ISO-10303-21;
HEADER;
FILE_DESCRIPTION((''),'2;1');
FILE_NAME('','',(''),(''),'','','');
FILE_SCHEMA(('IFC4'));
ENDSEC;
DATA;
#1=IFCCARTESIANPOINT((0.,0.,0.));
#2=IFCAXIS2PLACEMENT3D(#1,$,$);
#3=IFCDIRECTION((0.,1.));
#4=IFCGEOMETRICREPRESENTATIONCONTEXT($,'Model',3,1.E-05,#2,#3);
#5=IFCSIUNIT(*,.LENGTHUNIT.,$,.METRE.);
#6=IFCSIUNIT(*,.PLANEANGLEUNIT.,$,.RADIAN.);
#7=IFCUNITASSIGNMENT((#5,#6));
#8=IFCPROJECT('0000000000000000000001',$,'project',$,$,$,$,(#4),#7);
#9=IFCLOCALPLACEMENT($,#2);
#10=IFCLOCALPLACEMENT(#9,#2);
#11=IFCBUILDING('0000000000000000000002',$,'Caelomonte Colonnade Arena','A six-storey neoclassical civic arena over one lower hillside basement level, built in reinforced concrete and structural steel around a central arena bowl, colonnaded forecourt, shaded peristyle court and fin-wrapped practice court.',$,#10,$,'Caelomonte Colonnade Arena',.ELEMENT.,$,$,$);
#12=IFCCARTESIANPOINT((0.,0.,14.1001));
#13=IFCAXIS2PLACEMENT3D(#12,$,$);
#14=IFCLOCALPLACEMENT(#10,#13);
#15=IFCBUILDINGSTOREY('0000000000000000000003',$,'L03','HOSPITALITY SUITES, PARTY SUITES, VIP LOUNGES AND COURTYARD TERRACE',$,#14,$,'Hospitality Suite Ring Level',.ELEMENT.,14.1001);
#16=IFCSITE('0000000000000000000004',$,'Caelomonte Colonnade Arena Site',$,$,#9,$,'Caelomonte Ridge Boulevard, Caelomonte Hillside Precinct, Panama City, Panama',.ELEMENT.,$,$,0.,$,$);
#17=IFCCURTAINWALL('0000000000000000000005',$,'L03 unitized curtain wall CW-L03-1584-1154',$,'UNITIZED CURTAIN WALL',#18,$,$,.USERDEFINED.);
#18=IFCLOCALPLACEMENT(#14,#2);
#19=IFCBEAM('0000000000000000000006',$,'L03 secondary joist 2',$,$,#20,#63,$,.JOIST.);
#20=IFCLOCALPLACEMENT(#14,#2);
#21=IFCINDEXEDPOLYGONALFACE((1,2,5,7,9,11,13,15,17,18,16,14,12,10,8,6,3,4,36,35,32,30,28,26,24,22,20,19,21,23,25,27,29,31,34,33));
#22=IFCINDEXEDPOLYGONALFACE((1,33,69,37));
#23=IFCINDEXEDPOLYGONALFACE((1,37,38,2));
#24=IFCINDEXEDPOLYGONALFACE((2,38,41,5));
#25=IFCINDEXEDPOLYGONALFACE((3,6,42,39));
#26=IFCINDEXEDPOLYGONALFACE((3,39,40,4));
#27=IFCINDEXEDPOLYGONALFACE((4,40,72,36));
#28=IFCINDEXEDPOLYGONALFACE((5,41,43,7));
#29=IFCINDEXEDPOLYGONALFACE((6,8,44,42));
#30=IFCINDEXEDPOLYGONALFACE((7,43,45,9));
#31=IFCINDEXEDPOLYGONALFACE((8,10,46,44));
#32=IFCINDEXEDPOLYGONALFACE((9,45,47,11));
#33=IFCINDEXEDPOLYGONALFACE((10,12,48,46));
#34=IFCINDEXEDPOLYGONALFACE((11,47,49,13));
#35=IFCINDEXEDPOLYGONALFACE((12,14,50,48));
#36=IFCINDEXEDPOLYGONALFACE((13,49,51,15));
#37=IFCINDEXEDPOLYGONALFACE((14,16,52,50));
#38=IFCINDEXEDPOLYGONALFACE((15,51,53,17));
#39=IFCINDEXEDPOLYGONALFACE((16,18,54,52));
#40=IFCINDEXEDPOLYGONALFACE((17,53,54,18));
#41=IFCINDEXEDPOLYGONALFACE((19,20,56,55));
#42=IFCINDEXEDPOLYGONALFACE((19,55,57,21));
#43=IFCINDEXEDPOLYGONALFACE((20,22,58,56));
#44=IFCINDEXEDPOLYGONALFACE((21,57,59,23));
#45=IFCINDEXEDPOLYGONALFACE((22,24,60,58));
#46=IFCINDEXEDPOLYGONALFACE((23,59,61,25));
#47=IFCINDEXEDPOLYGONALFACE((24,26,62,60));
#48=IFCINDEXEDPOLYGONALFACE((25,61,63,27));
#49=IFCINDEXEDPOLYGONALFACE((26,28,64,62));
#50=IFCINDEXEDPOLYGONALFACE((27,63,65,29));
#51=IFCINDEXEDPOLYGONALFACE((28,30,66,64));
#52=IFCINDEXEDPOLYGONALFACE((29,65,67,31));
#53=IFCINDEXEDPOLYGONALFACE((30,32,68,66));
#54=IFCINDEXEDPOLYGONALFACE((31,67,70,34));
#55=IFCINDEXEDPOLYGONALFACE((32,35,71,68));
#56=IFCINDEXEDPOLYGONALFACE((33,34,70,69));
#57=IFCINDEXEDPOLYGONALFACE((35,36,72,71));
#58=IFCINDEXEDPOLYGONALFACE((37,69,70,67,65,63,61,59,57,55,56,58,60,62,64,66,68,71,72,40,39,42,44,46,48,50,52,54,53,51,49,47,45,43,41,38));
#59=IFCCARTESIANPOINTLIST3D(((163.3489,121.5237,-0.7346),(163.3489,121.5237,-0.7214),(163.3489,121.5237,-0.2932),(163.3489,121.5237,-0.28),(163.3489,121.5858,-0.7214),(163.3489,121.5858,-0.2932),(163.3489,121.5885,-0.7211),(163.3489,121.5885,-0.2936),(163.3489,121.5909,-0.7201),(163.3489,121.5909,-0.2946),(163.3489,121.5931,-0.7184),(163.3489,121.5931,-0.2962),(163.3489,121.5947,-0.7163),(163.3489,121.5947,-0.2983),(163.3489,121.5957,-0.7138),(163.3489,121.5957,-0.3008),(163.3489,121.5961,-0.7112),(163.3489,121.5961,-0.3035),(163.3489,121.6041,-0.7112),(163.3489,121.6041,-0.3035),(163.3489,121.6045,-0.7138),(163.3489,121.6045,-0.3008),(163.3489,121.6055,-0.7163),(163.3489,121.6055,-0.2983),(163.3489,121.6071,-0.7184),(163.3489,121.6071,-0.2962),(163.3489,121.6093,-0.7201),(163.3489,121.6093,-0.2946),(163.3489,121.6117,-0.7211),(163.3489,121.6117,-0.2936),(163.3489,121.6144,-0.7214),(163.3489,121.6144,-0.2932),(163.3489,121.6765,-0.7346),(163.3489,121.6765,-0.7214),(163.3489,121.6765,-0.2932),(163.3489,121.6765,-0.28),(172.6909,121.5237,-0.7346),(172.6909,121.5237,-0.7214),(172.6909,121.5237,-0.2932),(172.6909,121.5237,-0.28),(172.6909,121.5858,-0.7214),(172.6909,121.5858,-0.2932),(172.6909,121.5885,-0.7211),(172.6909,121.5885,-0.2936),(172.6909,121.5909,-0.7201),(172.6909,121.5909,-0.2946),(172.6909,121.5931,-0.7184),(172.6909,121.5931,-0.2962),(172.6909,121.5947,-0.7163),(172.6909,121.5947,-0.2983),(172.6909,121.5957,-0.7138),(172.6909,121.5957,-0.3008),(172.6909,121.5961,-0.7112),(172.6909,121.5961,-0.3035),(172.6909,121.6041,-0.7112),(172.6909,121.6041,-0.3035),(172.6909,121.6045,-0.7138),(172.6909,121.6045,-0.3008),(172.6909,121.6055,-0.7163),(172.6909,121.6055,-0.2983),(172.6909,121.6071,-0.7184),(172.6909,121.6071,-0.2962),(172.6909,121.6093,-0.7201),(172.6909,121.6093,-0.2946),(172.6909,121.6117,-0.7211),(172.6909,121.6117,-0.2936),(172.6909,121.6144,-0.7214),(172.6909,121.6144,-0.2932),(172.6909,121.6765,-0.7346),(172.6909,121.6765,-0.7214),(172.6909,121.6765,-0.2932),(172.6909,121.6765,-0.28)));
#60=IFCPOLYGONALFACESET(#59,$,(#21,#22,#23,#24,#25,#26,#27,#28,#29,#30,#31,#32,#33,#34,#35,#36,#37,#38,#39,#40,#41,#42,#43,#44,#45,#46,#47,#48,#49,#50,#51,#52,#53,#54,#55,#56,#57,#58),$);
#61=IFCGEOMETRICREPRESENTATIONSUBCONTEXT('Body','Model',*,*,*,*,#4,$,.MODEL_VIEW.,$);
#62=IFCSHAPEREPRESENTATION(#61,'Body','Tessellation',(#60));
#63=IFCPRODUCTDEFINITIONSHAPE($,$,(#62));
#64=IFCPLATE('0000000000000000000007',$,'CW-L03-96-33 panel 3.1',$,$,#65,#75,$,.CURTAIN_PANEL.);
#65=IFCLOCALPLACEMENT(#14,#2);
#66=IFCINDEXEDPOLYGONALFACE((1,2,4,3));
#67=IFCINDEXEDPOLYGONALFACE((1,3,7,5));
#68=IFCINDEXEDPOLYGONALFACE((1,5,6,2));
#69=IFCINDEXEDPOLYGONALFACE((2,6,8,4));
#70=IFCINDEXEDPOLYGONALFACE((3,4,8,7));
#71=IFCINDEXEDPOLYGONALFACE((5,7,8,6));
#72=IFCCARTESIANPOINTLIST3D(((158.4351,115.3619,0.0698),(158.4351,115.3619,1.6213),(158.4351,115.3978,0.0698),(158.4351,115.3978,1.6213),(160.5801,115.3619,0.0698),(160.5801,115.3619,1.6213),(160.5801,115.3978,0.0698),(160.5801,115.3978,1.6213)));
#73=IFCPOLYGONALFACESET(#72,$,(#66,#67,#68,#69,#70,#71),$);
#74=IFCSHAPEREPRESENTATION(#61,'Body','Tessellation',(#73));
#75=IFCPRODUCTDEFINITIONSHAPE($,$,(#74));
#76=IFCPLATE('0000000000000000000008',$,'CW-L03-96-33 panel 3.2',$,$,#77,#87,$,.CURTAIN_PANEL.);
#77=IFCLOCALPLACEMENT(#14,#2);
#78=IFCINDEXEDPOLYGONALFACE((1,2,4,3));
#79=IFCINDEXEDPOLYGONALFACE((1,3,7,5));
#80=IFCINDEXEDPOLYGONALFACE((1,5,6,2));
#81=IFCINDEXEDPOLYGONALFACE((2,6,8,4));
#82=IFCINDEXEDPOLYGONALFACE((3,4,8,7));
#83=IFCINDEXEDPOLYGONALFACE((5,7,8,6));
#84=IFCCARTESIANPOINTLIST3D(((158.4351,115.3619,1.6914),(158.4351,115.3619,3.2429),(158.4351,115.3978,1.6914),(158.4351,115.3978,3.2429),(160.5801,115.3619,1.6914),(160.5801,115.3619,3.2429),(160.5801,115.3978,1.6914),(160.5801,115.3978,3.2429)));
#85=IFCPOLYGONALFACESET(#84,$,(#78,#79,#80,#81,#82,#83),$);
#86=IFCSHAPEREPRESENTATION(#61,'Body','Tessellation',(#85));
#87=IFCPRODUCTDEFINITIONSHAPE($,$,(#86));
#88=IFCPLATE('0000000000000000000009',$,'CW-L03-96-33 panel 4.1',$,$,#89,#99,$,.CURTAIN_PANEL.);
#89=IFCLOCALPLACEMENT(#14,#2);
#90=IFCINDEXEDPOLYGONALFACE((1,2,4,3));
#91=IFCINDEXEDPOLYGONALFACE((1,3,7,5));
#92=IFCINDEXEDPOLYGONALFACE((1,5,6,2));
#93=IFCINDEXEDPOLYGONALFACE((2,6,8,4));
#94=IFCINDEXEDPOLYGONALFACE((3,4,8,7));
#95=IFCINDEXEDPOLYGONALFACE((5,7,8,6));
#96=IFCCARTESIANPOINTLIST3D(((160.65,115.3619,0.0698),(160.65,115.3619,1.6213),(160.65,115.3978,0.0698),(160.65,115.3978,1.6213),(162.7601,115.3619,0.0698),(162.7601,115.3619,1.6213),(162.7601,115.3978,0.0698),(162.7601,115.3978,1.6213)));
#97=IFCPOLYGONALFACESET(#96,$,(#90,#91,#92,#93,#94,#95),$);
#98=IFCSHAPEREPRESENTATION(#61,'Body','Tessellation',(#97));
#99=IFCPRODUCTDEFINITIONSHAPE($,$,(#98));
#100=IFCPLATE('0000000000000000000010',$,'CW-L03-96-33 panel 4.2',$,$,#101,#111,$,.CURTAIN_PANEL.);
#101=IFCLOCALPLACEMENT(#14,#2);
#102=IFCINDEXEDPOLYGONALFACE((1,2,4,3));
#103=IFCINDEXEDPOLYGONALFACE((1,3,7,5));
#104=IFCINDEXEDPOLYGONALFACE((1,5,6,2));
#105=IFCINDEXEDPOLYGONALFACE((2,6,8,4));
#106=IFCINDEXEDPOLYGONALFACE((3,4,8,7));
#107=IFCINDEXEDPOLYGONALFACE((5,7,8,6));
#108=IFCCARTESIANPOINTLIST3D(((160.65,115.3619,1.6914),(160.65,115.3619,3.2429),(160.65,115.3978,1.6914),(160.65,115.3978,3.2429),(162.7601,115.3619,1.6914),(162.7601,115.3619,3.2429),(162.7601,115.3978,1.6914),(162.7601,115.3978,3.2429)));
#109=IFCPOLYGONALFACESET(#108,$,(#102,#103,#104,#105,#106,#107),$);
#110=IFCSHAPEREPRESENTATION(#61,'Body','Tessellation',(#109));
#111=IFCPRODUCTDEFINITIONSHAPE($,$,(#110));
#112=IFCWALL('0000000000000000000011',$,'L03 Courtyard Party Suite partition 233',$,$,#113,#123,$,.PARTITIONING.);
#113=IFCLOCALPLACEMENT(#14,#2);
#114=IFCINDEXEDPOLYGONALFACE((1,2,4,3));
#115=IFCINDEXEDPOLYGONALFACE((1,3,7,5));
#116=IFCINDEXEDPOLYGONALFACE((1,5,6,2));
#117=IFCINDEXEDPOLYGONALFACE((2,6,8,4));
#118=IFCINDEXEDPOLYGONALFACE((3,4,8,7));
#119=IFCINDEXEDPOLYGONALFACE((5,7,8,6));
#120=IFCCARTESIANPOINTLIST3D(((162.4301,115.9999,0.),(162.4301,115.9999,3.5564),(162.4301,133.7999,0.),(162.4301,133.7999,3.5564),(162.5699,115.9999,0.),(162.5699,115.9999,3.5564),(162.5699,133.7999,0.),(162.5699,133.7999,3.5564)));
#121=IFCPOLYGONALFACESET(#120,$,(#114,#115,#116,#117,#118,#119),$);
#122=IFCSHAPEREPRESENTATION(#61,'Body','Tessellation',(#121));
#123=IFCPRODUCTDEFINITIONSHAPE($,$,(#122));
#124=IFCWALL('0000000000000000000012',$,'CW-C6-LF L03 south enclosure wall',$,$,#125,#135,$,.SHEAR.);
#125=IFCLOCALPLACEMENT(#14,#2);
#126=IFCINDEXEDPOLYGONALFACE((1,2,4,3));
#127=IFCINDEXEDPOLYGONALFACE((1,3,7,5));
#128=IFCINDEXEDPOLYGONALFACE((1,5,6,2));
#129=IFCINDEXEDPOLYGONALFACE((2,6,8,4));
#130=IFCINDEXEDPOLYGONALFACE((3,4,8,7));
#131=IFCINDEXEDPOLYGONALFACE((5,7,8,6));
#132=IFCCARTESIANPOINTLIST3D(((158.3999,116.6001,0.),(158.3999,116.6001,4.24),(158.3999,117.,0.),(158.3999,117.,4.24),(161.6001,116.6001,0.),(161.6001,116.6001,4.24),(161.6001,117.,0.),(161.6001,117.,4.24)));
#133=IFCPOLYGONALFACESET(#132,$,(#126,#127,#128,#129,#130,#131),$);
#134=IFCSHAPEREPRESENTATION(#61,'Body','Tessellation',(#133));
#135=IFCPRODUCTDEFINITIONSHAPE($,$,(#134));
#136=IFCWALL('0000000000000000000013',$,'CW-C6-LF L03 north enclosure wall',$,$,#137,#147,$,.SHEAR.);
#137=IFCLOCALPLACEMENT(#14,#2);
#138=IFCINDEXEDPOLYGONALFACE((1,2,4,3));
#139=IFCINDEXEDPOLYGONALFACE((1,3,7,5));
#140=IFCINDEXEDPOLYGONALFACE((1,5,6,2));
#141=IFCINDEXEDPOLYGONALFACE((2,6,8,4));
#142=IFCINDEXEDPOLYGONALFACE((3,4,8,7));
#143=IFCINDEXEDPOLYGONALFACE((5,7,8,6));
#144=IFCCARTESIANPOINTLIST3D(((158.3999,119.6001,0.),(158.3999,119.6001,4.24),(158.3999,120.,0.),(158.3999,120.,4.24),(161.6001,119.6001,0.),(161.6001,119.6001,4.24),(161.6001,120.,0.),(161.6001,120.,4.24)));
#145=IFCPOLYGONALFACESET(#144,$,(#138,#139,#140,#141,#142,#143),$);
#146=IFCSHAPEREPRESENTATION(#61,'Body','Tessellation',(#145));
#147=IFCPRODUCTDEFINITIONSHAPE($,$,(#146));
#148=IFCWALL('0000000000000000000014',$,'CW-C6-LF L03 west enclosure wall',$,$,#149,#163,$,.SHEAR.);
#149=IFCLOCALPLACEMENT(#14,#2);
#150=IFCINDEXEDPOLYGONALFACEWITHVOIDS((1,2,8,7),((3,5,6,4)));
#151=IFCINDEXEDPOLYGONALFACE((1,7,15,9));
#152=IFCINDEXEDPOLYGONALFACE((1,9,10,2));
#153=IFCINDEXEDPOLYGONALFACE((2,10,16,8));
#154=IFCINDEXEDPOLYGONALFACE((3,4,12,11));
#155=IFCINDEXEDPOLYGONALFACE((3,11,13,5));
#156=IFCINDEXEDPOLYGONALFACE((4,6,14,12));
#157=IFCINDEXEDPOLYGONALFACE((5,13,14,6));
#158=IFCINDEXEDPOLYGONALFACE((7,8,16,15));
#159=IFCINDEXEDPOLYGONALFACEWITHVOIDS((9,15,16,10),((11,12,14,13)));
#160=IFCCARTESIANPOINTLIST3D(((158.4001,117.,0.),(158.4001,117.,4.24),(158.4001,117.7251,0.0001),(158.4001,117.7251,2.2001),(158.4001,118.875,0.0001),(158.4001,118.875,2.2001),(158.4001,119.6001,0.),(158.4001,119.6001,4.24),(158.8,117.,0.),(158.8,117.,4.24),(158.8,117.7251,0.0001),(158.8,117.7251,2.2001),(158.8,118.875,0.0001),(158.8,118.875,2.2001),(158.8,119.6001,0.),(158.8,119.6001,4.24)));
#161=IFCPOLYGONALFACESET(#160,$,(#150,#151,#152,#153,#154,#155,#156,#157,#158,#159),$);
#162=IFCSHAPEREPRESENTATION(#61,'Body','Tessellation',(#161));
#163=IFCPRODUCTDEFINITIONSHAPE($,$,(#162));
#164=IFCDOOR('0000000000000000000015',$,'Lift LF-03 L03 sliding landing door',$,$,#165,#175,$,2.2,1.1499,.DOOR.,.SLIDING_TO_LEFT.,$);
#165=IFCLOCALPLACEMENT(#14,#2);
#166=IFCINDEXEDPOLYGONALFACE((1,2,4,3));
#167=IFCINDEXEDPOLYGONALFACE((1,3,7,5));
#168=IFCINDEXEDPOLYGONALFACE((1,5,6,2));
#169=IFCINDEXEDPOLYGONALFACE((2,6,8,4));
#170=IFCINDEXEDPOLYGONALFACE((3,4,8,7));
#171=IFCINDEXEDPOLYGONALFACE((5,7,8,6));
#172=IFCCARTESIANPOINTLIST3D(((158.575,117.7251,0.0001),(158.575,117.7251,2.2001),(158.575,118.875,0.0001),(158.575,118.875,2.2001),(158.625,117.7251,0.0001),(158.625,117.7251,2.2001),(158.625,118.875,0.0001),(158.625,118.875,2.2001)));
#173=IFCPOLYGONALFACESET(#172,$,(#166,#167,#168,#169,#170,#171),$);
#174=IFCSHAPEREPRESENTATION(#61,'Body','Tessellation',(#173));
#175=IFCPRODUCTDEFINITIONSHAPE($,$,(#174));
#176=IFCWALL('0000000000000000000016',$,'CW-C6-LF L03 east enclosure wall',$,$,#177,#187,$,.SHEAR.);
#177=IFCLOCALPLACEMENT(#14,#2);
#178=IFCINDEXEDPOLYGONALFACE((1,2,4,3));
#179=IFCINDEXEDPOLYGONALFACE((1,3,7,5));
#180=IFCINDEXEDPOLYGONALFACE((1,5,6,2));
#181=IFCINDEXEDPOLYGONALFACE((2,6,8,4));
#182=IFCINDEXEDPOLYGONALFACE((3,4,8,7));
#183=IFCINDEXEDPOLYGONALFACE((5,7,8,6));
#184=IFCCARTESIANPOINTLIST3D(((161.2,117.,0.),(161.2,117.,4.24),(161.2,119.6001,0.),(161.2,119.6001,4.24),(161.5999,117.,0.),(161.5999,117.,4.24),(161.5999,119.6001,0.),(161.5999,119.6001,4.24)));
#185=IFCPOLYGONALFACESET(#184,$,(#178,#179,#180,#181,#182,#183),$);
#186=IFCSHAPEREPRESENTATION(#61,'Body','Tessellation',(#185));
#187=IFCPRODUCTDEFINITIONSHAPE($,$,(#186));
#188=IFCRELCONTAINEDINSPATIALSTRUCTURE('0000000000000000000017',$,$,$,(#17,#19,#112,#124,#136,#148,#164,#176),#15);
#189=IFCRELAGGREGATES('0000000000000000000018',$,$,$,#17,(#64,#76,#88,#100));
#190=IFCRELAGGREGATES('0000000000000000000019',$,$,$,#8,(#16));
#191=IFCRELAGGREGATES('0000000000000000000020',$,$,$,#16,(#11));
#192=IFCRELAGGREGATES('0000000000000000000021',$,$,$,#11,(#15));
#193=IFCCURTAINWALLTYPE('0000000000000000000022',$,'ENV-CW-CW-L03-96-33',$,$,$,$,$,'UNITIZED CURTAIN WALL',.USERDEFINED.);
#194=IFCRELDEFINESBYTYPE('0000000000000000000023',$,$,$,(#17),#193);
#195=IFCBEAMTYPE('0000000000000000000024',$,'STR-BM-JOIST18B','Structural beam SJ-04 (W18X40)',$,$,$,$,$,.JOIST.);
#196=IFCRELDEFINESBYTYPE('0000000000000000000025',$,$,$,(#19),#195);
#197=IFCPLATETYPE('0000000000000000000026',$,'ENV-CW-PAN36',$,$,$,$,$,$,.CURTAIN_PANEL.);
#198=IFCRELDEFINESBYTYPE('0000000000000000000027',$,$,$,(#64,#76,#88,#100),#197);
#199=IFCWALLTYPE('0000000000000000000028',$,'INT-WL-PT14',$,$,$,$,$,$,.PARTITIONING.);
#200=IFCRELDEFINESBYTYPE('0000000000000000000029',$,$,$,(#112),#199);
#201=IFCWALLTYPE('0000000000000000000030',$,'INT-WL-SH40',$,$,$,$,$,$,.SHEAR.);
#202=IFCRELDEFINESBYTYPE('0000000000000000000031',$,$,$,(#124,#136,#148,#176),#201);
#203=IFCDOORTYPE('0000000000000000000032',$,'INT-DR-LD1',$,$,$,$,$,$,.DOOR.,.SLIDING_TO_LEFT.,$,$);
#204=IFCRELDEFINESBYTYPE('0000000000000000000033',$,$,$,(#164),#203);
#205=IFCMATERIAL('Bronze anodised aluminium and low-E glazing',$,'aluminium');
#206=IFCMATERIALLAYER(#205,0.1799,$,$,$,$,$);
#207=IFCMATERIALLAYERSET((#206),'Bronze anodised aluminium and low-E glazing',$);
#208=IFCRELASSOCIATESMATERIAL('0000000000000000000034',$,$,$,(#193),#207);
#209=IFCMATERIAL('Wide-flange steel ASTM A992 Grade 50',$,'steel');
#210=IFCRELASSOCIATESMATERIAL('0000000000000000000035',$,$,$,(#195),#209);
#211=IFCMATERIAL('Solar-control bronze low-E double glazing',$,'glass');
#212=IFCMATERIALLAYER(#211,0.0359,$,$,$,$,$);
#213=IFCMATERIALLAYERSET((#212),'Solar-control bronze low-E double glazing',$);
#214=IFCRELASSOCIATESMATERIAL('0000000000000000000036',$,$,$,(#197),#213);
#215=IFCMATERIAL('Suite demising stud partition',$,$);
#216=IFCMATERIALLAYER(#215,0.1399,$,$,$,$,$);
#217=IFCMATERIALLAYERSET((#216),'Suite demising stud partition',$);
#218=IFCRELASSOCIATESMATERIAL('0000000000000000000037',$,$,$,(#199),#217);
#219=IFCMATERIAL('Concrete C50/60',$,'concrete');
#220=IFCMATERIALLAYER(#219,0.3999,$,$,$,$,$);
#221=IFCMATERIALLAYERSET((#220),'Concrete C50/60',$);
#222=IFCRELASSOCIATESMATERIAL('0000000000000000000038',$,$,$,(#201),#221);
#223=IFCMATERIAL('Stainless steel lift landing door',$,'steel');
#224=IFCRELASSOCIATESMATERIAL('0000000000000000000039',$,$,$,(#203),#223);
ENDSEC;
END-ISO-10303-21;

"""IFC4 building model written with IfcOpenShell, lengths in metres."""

from ifc_helpers import new_model, si_unit, direction, frame, frame_2d, origin, origin_2d, place, context, subcontext, project, spatial, rectangle, i_section, extrude, material, layer, layer_set, material_profile, profile_set, type_object, element, fill, aggregate, save


model = new_model("IFC4")

# Units and contexts
model_context = context("Model", 3, precision=1e-05, world=origin(), true_north=direction((0.0, 1.0)))
body_context = subcontext(model_context, "Body", "Model", "MODEL_VIEW")
ifc_project = project(units=[si_unit("LENGTHUNIT", "METRE"), si_unit("PLANEANGLEUNIT", "RADIAN")], contexts=[model_context])

# Site, building, storey
site_placement = place(None, origin())
site = spatial("IfcSite", under=ifc_project, at=site_placement, Name="Caelomonte Colonnade Arena Site", LongName="Caelomonte Ridge Boulevard, Caelomonte Hillside Precinct, Panama City, Panama", CompositionType="ELEMENT", RefElevation=0.0)
building_placement = place(site_placement, origin())
building = spatial("IfcBuilding", under=site, at=building_placement, Name="Caelomonte Colonnade Arena", Description="A six-storey neoclassical civic arena over one lower hillside basement level, built in reinforced concrete and structural steel around a central arena bowl, colonnaded forecourt, shaded peristyle court and fin-wrapped practice court.", LongName="Caelomonte Colonnade Arena", CompositionType="ELEMENT")
storey_placement = place(building_placement, frame((0.0, 0.0, 14.1001)))
storey = spatial("IfcBuildingStorey", under=building, at=storey_placement, Name="L03", Description="HOSPITALITY SUITES, PARTY SUITES, VIP LOUNGES AND COURTYARD TERRACE", LongName="Hospitality Suite Ring Level", CompositionType="ELEMENT", Elevation=14.1001)

# Curtain wall
ifc_material_1 = material(Name="Bronze anodised aluminium and low-E glazing", Category="aluminium")
ifc_layer_1 = layer(ifc_material_1, 0.1799)
ifc_layer_set_1 = layer_set([ifc_layer_1], Name="Bronze anodised aluminium and low-E glazing")
curtain_wall_type = type_object("IfcCurtainWallType", Name="ENV-CW-CW-L03-96-33", ElementType="UNITIZED CURTAIN WALL", PredefinedType="USERDEFINED", material=ifc_layer_set_1)
curtain_wall_placement = place(storey_placement, origin())
curtain_wall = element("IfcCurtainWall", 1, at=curtain_wall_placement, inside=storey, type_object=curtain_wall_type, Name="L03 unitized curtain wall CW-L03-1584-1154", ObjectType="UNITIZED CURTAIN WALL", PredefinedType="USERDEFINED")

# Beam
ifc_material_2 = material(Name="Wide-flange steel ASTM A992 Grade 50", Category="steel")
ifc_material_profile_1 = material_profile(ifc_material_2, i_section(OverallWidth=0.1528, OverallDepth=0.4546, WebThickness=0.0081, FlangeThickness=0.0132, FilletRadius=0.0103, at=origin_2d()), Name="W18X40")
ifc_profile_set_1 = profile_set([ifc_material_profile_1], Name="Wide-flange steel ASTM A992 Grade 50")
beam_type_1 = type_object("IfcBeamType", Name="STR-BM-JOIST18B", Description="Structural beam SJ-04 (W18X40)", PredefinedType="JOIST", material=ifc_profile_set_1)
for number, where, z_axis, x_axis, name in (
    (2, (163.3489, 121.6001, -0.5073), (1.0, 0.0, 0.0), (0.0, 1.0, 0.0), "L03 secondary joist 2"),
):
    element("IfcBeam", number, at=place(storey_placement, frame(where, z_axis=z_axis, x_axis=x_axis)), inside=storey, type_object=beam_type_1, Name=name, PredefinedType="JOIST", context=body_context, shape_type="SweptSolid", body=[
        extrude(i_section(OverallWidth=0.1528, OverallDepth=0.4546, WebThickness=0.0081, FlangeThickness=0.0132, FilletRadius=0.0103, at=origin_2d()), origin(), (0.0, 0.0, 1.0), 9.342),
    ])

# Plates
ifc_material_3 = material(Name="Solar-control bronze low-E double glazing", Category="glass")
ifc_layer_2 = layer(ifc_material_3, 0.0359)
ifc_layer_set_2 = layer_set([ifc_layer_2], Name="Solar-control bronze low-E double glazing")
plate_type = type_object("IfcPlateType", Name="ENV-CW-PAN36", PredefinedType="CURTAIN_PANEL", material=ifc_layer_set_2)
plate_1_placement = place(storey_placement, frame((159.5076, 115.3799, 0.0698), z_axis=(0.0, 0.0, 1.0), x_axis=(1.0, 0.0, 0.0)))
plate_1 = element("IfcPlate", 3, at=plate_1_placement, type_object=plate_type, Name="CW-L03-96-33 panel 3.1", PredefinedType="CURTAIN_PANEL", context=body_context, shape_type="SweptSolid", body=[
    extrude(rectangle(XDim=2.145, YDim=0.0359, at=origin_2d()), origin(), (0.0, 0.0, 1.0), 1.5515),
])
plate_2_placement = place(storey_placement, frame((159.5076, 115.3799, 1.6914), z_axis=(0.0, 0.0, 1.0), x_axis=(1.0, 0.0, 0.0)))
plate_2 = element("IfcPlate", 4, at=plate_2_placement, type_object=plate_type, Name="CW-L03-96-33 panel 3.2", PredefinedType="CURTAIN_PANEL", context=body_context, shape_type="SweptSolid", body=[
    extrude(rectangle(XDim=2.145, YDim=0.0359, at=origin_2d()), origin(), (0.0, 0.0, 1.0), 1.5515),
])
plate_3_placement = place(storey_placement, frame((161.7051, 115.3799, 0.0698), z_axis=(0.0, 0.0, 1.0), x_axis=(1.0, 0.0, 0.0)))
plate_3 = element("IfcPlate", 5, at=plate_3_placement, type_object=plate_type, Name="CW-L03-96-33 panel 4.1", PredefinedType="CURTAIN_PANEL", context=body_context, shape_type="SweptSolid", body=[
    extrude(rectangle(XDim=2.1101, YDim=0.0359, at=origin_2d()), origin(), (0.0, 0.0, 1.0), 1.5515),
])
plate_4_placement = place(storey_placement, frame((161.7051, 115.3799, 1.6914), z_axis=(0.0, 0.0, 1.0), x_axis=(1.0, 0.0, 0.0)))
plate_4 = element("IfcPlate", 6, at=plate_4_placement, type_object=plate_type, Name="CW-L03-96-33 panel 4.2", PredefinedType="CURTAIN_PANEL", context=body_context, shape_type="SweptSolid", body=[
    extrude(rectangle(XDim=2.1101, YDim=0.0359, at=origin_2d()), origin(), (0.0, 0.0, 1.0), 1.5515),
])
aggregate(curtain_wall, [plate_1, plate_2, plate_3, plate_4])

# Walls
ifc_material_4 = material(Name="Suite demising stud partition")
ifc_layer_3 = layer(ifc_material_4, 0.1399)
ifc_layer_set_3 = layer_set([ifc_layer_3], Name="Suite demising stud partition")
wall_type_1 = type_object("IfcWallType", Name="INT-WL-PT14", PredefinedType="PARTITIONING", material=ifc_layer_set_3)
wall_1_placement = place(storey_placement, frame((162.5, 116.0, 0.0), z_axis=(0.0, 0.0, 1.0), x_axis=(0.0, 1.0, 0.0)))
element("IfcWall", 7, at=wall_1_placement, inside=storey, type_object=wall_type_1, Name="L03 Courtyard Party Suite partition 233", PredefinedType="PARTITIONING", context=body_context, shape_type="SweptSolid", body=[
    extrude(rectangle(XDim=17.8, YDim=0.1399, at=frame_2d((8.8999, 0.0))), origin(), (0.0, 0.0, 1.0), 3.5564),
])
ifc_material_5 = material(Name="Concrete C50/60", Category="concrete")
ifc_layer_4 = layer(ifc_material_5, 0.3999)
ifc_layer_set_4 = layer_set([ifc_layer_4], Name="Concrete C50/60")
wall_type_2 = type_object("IfcWallType", Name="INT-WL-SH40", PredefinedType="SHEAR", material=ifc_layer_set_4)
for number, where, z_axis, x_axis, name in (
    (8, (158.3999, 116.8, 0.0), (0.0, 0.0, 1.0), (1.0, 0.0, 0.0), "CW-C6-LF L03 south enclosure wall"),
    (9, (161.6001, 119.8, 0.0), (0.0, 0.0, 1.0), (-1.0, 0.0, 0.0), "CW-C6-LF L03 north enclosure wall"),
):
    element("IfcWall", number, at=place(storey_placement, frame(where, z_axis=z_axis, x_axis=x_axis)), inside=storey, type_object=wall_type_2, Name=name, PredefinedType="SHEAR", context=body_context, shape_type="SweptSolid", body=[
        extrude(rectangle(XDim=3.2002, YDim=0.3999, at=frame_2d((1.6001, 0.0))), origin(), (0.0, 0.0, 1.0), 4.24),
    ])

# Wall, opening, door
wall_2_placement = place(storey_placement, frame((158.6001, 119.6001, 0.0), z_axis=(0.0, 0.0, 1.0), x_axis=(0.0, -1.0, 0.0)))
wall_2 = element("IfcWall", 10, at=wall_2_placement, inside=storey, type_object=wall_type_2, Name="CW-C6-LF L03 west enclosure wall", PredefinedType="SHEAR", context=body_context, shape_type="SweptSolid", body=[
    extrude(rectangle(XDim=2.6001, YDim=0.3999, at=frame_2d((1.3, 0.0))), origin(), (0.0, 0.0, 1.0), 4.24),
])
opening_1_placement = place(wall_2_placement, frame((0.7251, 0.0, 0.0), z_axis=(0.0, 0.0, 1.0), x_axis=(1.0, 0.0, 0.0)))
opening_1 = element("IfcOpeningElement", 11, at=opening_1_placement, cuts=wall_2, PredefinedType="OPENING", context=body_context, shape_type="SweptSolid", body=[
    extrude(rectangle(XDim=1.1499, YDim=2.2, at=frame_2d((0.575, 1.1001))), frame((0.0, 0.21, 0.0), z_axis=(0.0, -1.0, 0.0), x_axis=(1.0, 0.0, 0.0)), (0.0, 0.0, 1.0), 0.4199),
])
ifc_material_6 = material(Name="Stainless steel lift landing door", Category="steel")
door_type = type_object("IfcDoorType", Name="INT-DR-LD1", OperationType="SLIDING_TO_LEFT", PredefinedType="DOOR", material=ifc_material_6)
door_1_placement = place(opening_1_placement, origin())
door_1 = element("IfcDoor", 12, at=door_1_placement, inside=storey, type_object=door_type, Name="Lift LF-03 L03 sliding landing door", OperationType="SLIDING_TO_LEFT", OverallHeight=2.2, OverallWidth=1.1499, PredefinedType="DOOR", context=body_context, shape_type="SweptSolid", body=[
    extrude(rectangle(XDim=1.1499, YDim=2.2, at=frame_2d((0.575, 1.1001))), frame((0.0, 0.0249, 0.0), z_axis=(0.0, -1.0, 0.0), x_axis=(1.0, 0.0, 0.0)), (0.0, 0.0, 1.0), 0.05),
])
fill(opening_1, door_1)

# Wall
wall_3_placement = place(storey_placement, frame((161.3999, 117.0, 0.0), z_axis=(0.0, 0.0, 1.0), x_axis=(0.0, 1.0, 0.0)))
element("IfcWall", 13, at=wall_3_placement, inside=storey, type_object=wall_type_2, Name="CW-C6-LF L03 east enclosure wall", PredefinedType="SHEAR", context=body_context, shape_type="SweptSolid", body=[
    extrude(rectangle(XDim=2.6001, YDim=0.3999, at=frame_2d((1.3, 0.0))), origin(), (0.0, 0.0, 1.0), 4.24),
])

save(model, "model.ifc")
